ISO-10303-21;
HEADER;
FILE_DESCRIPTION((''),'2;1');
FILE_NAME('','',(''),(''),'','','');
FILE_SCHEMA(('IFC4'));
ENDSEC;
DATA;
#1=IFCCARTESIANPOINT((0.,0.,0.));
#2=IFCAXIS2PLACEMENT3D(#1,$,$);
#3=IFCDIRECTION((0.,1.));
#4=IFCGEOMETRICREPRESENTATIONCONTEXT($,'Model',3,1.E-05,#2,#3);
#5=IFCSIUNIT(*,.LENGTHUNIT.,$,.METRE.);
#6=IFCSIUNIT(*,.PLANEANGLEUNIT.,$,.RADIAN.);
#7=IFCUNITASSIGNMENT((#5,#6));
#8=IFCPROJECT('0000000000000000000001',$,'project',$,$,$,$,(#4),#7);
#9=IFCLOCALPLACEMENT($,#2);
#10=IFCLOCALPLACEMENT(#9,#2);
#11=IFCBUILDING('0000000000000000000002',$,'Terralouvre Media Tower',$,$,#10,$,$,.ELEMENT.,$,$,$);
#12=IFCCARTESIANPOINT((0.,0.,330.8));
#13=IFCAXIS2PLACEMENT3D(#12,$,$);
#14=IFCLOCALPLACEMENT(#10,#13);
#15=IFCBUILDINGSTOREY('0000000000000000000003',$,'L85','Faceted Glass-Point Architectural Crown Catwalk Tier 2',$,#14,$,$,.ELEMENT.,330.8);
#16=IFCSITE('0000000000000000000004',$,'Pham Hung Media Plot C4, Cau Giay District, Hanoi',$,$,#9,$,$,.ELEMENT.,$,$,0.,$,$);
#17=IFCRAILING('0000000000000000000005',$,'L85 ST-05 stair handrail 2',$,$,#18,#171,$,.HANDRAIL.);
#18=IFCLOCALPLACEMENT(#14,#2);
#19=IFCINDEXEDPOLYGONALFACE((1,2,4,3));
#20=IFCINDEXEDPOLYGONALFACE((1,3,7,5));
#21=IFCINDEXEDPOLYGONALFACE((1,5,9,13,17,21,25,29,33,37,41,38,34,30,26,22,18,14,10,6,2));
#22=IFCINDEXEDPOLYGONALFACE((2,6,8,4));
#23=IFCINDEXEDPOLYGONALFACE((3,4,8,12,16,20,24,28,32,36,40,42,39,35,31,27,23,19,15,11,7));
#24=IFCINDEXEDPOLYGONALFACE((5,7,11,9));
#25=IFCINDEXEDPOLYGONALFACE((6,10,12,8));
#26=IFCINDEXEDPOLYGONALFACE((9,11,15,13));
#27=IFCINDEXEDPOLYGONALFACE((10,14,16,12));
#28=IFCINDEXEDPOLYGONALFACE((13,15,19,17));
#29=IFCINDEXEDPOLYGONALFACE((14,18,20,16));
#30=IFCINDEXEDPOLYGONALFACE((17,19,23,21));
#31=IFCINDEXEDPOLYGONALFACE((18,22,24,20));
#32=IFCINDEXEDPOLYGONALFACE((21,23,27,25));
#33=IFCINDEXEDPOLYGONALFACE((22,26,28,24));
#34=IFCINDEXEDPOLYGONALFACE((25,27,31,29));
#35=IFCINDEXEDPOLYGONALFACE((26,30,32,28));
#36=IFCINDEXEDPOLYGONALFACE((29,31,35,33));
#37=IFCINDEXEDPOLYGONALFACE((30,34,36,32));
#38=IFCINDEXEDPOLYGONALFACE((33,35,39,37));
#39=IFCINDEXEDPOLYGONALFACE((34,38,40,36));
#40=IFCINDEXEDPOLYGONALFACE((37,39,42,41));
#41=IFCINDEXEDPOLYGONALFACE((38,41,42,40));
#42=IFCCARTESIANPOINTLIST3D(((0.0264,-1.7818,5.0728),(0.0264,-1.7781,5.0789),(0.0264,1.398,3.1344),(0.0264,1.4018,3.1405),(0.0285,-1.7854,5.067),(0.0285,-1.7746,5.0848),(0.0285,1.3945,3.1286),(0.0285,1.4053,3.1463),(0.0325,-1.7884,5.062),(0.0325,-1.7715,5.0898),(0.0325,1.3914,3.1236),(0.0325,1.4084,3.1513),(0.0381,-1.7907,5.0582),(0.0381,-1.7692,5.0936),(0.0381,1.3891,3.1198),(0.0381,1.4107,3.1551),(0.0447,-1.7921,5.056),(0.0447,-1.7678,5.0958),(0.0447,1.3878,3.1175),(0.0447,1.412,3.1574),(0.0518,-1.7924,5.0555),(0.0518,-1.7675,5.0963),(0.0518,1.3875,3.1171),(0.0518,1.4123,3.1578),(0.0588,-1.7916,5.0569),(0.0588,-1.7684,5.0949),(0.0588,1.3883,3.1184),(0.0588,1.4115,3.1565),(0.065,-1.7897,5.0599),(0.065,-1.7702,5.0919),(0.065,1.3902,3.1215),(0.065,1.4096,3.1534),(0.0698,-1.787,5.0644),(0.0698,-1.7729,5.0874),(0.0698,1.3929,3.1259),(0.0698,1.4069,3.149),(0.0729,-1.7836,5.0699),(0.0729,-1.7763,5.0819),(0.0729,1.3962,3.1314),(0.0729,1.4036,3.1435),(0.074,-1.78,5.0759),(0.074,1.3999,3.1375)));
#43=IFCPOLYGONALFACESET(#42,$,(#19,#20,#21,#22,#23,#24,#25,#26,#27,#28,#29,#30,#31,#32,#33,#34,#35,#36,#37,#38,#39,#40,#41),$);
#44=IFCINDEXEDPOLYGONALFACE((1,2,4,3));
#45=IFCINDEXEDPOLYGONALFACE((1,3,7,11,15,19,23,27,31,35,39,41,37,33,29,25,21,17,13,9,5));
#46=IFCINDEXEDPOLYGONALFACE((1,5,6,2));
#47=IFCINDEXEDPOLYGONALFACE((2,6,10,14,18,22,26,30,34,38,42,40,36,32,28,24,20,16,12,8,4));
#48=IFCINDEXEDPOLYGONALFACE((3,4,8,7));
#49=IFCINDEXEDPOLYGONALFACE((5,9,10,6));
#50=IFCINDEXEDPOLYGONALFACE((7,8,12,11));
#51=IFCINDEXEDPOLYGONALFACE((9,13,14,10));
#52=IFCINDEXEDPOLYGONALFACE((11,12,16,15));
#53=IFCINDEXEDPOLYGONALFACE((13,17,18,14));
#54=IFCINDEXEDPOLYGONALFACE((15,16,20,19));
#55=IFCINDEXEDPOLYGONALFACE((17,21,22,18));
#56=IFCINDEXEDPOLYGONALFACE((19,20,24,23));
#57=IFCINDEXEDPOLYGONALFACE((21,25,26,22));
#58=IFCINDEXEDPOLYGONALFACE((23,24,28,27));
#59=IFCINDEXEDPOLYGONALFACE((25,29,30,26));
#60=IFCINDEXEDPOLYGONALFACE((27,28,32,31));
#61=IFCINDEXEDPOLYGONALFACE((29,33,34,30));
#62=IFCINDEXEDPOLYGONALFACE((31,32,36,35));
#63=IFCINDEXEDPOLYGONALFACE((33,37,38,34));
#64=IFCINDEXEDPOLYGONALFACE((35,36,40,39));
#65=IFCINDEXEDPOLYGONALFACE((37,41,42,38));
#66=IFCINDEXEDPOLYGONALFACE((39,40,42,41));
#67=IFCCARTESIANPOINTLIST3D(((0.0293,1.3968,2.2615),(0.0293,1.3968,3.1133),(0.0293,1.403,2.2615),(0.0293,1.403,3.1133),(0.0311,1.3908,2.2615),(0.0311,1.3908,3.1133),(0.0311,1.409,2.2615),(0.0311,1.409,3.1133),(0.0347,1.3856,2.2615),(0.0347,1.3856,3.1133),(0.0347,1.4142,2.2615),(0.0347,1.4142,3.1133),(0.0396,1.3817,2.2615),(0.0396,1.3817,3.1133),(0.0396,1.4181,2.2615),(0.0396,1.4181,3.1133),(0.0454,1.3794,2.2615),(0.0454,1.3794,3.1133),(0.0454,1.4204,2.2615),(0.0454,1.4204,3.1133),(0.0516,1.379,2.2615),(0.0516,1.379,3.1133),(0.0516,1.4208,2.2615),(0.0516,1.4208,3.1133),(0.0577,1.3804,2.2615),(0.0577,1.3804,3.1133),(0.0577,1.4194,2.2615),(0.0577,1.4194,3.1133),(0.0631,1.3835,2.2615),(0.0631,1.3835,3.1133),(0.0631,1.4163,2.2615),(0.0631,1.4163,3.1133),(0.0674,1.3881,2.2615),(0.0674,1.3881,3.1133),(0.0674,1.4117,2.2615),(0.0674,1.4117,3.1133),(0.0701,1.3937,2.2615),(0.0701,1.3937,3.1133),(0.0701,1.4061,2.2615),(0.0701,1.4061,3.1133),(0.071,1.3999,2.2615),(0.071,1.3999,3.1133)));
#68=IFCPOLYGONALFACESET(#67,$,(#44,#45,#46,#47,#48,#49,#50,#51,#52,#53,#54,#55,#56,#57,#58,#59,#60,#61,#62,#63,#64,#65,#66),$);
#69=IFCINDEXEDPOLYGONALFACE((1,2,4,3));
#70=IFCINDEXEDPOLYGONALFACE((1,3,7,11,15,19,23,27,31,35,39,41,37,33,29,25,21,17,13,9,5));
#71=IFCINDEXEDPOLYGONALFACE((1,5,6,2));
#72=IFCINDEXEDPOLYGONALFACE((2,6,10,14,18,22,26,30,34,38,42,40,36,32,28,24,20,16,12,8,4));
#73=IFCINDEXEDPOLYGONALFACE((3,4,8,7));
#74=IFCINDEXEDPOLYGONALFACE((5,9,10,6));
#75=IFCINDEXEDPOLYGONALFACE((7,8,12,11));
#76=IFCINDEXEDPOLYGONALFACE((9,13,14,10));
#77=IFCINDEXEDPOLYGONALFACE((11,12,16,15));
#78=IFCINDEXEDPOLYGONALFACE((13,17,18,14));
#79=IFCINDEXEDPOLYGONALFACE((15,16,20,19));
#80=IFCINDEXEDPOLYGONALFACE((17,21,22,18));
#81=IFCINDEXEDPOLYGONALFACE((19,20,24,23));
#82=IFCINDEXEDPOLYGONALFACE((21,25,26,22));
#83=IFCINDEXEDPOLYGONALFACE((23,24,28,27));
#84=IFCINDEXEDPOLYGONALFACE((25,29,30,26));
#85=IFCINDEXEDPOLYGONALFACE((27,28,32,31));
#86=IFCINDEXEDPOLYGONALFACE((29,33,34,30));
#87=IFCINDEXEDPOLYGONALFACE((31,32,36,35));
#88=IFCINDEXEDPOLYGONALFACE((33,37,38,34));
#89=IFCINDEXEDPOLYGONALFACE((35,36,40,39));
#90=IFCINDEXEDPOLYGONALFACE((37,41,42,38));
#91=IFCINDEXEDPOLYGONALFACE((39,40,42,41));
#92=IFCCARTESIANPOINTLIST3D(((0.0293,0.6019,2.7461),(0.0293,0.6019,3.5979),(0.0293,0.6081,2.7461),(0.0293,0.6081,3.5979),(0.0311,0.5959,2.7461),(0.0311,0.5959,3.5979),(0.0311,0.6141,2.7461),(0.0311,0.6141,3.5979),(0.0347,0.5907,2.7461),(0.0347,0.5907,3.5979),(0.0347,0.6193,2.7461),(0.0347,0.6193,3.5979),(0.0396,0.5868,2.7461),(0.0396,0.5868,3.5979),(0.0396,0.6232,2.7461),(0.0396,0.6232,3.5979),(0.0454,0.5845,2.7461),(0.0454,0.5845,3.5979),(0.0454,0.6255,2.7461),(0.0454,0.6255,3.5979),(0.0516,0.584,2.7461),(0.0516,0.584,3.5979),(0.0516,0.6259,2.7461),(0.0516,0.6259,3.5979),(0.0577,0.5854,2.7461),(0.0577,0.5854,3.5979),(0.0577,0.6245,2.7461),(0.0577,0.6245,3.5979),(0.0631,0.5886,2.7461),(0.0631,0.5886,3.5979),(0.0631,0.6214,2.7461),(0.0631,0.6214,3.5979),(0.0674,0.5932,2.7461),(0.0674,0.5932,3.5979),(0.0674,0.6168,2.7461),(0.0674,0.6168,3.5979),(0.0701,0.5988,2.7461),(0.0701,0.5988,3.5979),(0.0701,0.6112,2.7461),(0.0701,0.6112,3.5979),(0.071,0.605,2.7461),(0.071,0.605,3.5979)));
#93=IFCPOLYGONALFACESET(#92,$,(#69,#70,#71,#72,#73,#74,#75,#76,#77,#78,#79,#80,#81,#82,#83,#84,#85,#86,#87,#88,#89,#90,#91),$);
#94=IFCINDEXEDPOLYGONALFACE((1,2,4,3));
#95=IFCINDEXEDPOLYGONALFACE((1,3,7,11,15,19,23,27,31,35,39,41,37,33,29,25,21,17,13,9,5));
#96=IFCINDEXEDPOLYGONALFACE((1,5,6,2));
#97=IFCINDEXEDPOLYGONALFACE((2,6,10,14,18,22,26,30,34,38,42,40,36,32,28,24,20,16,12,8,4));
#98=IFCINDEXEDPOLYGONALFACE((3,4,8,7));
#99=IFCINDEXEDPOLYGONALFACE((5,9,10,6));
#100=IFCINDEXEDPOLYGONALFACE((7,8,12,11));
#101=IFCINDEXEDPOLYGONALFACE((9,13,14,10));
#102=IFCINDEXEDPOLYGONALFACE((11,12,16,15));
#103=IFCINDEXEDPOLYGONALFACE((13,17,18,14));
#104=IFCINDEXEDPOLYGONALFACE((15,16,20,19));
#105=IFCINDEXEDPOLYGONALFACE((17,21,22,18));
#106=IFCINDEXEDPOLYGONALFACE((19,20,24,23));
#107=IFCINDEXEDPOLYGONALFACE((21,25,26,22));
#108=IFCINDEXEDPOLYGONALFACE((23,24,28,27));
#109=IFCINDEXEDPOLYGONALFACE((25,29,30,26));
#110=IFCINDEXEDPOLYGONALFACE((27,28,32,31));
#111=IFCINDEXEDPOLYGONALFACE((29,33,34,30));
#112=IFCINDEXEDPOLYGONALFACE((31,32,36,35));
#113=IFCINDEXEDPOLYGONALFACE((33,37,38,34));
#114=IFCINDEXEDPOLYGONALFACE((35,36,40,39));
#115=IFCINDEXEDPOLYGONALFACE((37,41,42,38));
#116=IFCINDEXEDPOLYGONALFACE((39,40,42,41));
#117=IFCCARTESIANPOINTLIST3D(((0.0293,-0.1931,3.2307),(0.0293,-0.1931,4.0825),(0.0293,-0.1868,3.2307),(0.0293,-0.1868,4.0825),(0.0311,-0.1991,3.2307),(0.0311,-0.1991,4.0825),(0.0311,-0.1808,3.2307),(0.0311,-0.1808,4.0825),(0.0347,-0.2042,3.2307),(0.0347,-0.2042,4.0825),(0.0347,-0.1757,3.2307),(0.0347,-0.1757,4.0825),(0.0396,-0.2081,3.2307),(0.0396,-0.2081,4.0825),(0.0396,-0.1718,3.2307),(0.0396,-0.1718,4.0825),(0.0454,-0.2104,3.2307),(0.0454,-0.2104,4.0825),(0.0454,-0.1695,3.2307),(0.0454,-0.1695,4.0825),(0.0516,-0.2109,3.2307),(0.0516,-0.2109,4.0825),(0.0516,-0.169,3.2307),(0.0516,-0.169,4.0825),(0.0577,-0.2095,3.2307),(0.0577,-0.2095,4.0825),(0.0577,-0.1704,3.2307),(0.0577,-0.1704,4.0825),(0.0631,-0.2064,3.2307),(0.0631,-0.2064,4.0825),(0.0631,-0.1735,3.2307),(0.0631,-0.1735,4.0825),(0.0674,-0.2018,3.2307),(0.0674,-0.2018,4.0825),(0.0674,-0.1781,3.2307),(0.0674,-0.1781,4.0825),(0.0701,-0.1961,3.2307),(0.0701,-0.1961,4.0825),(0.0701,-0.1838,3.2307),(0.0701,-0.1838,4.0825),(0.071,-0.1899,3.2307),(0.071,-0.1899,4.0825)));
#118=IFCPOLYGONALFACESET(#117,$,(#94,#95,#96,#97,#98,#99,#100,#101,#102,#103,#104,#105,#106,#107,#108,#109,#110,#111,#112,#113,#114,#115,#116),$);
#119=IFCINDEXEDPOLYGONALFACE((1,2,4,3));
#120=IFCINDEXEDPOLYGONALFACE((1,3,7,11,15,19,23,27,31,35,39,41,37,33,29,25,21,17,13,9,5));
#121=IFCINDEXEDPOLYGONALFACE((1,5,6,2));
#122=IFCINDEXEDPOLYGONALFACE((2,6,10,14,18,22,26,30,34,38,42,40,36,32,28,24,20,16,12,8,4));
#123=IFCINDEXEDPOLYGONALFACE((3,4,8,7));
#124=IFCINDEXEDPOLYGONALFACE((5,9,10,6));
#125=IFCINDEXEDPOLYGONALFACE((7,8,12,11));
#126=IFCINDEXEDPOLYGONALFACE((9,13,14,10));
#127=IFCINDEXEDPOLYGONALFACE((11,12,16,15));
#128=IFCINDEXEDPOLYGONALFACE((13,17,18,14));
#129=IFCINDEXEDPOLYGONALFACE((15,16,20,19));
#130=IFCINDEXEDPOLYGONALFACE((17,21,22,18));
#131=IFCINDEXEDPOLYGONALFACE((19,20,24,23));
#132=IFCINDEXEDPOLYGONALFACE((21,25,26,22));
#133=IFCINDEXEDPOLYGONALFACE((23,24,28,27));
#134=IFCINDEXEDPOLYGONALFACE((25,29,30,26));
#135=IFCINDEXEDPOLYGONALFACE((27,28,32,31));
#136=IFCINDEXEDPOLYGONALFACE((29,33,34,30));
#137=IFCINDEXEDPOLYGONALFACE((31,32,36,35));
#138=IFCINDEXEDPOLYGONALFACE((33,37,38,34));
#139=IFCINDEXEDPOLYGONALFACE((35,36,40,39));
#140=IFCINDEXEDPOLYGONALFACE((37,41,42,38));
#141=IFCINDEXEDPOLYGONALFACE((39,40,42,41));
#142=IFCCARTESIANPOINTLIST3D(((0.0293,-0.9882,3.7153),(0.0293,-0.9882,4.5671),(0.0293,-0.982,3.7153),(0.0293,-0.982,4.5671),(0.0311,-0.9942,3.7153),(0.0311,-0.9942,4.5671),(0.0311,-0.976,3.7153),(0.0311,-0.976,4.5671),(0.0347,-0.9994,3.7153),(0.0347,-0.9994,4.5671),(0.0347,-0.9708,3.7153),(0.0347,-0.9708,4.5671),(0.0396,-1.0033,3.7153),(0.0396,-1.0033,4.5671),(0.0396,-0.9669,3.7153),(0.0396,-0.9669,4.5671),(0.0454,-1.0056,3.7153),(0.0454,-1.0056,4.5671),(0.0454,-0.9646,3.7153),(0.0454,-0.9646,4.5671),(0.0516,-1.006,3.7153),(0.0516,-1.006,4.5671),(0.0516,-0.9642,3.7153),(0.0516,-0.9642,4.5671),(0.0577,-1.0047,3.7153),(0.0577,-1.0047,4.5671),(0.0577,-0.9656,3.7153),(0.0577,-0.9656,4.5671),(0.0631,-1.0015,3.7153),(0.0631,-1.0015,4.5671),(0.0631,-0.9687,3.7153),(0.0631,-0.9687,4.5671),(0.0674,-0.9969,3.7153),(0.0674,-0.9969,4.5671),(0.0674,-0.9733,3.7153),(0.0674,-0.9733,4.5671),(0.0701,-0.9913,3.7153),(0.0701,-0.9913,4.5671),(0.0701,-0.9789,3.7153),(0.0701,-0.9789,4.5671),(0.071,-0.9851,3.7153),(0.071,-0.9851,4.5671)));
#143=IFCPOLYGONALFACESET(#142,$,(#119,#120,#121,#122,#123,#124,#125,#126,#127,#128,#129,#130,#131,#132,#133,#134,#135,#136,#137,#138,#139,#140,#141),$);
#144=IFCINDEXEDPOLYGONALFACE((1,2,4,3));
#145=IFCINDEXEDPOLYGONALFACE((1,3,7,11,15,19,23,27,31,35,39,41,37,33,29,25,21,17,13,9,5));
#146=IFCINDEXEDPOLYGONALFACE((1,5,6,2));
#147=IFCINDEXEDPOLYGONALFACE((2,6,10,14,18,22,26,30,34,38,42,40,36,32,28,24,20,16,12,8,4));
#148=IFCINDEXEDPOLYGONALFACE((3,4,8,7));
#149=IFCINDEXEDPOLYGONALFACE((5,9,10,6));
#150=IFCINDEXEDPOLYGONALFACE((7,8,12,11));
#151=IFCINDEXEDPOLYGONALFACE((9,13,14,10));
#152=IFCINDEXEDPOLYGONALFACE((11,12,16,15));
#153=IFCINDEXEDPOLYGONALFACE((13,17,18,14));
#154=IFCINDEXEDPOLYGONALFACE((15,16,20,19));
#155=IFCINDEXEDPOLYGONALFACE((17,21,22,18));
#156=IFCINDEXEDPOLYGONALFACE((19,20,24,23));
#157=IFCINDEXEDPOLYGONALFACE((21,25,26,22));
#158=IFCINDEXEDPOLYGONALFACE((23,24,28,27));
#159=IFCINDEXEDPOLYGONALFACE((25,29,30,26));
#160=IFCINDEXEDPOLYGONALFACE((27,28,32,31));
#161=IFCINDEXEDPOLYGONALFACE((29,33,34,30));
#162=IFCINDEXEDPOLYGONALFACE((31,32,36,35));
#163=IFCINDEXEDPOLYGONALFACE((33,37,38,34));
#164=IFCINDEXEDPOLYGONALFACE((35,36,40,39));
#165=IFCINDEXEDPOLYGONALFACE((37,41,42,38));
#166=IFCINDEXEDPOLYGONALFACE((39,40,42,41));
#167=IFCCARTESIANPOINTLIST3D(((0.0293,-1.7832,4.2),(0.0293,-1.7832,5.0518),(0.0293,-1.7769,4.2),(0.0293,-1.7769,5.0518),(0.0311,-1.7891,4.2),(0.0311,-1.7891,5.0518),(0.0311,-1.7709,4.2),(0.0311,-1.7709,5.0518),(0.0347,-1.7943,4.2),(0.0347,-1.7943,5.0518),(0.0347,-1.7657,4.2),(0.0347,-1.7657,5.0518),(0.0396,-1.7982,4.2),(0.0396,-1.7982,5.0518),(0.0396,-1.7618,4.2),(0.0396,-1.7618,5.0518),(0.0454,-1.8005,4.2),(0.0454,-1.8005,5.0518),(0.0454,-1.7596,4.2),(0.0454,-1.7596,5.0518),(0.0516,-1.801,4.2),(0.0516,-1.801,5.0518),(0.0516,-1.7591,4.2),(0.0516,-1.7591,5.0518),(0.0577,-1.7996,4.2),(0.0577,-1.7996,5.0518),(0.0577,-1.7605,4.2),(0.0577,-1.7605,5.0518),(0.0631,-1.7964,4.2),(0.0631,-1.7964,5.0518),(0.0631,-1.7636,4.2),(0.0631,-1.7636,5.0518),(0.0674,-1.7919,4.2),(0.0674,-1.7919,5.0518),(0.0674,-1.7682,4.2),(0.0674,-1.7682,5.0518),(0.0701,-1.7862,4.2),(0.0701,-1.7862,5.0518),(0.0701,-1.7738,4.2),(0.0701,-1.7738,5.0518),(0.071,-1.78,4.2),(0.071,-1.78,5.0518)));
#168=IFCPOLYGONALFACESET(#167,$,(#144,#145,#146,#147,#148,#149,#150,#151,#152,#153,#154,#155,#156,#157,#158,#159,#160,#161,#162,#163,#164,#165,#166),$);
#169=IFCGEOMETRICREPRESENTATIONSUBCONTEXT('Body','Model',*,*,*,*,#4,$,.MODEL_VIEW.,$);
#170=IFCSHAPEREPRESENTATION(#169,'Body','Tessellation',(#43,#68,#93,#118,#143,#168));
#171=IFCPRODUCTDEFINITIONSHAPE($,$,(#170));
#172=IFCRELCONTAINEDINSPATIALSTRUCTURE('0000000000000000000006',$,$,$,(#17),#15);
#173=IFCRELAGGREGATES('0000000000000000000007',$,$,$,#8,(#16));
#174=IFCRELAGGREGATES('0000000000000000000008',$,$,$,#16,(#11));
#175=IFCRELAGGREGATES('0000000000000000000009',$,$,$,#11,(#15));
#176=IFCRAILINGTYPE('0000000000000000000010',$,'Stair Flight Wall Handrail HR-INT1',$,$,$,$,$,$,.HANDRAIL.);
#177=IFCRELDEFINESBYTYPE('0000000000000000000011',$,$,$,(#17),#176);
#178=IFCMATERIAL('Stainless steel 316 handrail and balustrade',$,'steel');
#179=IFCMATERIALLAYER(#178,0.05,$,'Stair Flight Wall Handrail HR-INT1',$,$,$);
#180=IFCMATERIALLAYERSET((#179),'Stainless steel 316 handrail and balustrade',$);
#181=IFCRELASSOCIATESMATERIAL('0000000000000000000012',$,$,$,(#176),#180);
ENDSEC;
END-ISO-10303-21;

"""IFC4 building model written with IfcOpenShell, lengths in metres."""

from ifc_helpers import new_model, si_unit, direction, frame, origin, origin_2d, place, context, subcontext, project, spatial, circle, extrude, material, layer, layer_set, type_object, element, save


model = new_model("IFC4")

# Units and contexts
model_context = context("Model", 3, precision=1e-05, world=origin(), true_north=direction((0.0, 1.0)))
body_context = subcontext(model_context, "Body", "Model", "MODEL_VIEW")
ifc_project = project(units=[si_unit("LENGTHUNIT", "METRE"), si_unit("PLANEANGLEUNIT", "RADIAN")], contexts=[model_context])

# Site, building, storey
site_placement = place(None, origin())
site = spatial("IfcSite", under=ifc_project, at=site_placement, Name="Pham Hung Media Plot C4, Cau Giay District, Hanoi", CompositionType="ELEMENT", RefElevation=0.0)
building_placement = place(site_placement, origin())
building = spatial("IfcBuilding", under=site, at=building_placement, Name="Terralouvre Media Tower", CompositionType="ELEMENT")
storey_placement = place(building_placement, frame((0.0, 0.0, 330.8)))
storey = spatial("IfcBuildingStorey", under=building, at=storey_placement, Name="L85", Description="Faceted Glass-Point Architectural Crown Catwalk Tier 2", CompositionType="ELEMENT", Elevation=330.8)

# Railing
ifc_material_1 = material(Name="Stainless steel 316 handrail and balustrade", Category="steel")
ifc_layer_1 = layer(ifc_material_1, 0.05, Name="Stair Flight Wall Handrail HR-INT1")
ifc_layer_set_1 = layer_set([ifc_layer_1], Name="Stainless steel 316 handrail and balustrade")
railing_type_1 = type_object("IfcRailingType", Name="Stair Flight Wall Handrail HR-INT1", PredefinedType="HANDRAIL", material=ifc_layer_set_1)
railing_1_placement = place(storey_placement, frame((0.05, 1.3999, 2.2615)))
element("IfcRailing", 1, at=railing_1_placement, inside=storey, type_object=railing_type_1, Name="L85 ST-05 stair handrail 2", PredefinedType="HANDRAIL", context=body_context, shape_type="SweptSolid", body=[
    extrude(circle(Radius=0.0239, at=origin_2d()), frame((0.0, 0.0, 0.876), z_axis=(0.0, -0.853857, 0.520508), x_axis=(1.0, 0.0, 0.0)), (0.0, 0.0, 1.0), 3.7241),
    extrude(circle(Radius=0.021, at=origin_2d()), origin(), (0.0, 0.0, 1.0), 0.8518),
    extrude(circle(Radius=0.021, at=origin_2d()), frame((0.0, -0.7949, 0.4846)), (0.0, 0.0, 1.0), 0.8518),
    extrude(circle(Radius=0.021, at=origin_2d()), frame((0.0, -1.5898, 0.9692)), (0.0, 0.0, 1.0), 0.8518),
    extrude(circle(Radius=0.021, at=origin_2d()), frame((0.0, -2.385, 1.4539)), (0.0, 0.0, 1.0), 0.8518),
    extrude(circle(Radius=0.021, at=origin_2d()), frame((0.0, -3.1799, 1.9385)), (0.0, 0.0, 1.0), 0.8518),
])

save(model, "model.ifc")
